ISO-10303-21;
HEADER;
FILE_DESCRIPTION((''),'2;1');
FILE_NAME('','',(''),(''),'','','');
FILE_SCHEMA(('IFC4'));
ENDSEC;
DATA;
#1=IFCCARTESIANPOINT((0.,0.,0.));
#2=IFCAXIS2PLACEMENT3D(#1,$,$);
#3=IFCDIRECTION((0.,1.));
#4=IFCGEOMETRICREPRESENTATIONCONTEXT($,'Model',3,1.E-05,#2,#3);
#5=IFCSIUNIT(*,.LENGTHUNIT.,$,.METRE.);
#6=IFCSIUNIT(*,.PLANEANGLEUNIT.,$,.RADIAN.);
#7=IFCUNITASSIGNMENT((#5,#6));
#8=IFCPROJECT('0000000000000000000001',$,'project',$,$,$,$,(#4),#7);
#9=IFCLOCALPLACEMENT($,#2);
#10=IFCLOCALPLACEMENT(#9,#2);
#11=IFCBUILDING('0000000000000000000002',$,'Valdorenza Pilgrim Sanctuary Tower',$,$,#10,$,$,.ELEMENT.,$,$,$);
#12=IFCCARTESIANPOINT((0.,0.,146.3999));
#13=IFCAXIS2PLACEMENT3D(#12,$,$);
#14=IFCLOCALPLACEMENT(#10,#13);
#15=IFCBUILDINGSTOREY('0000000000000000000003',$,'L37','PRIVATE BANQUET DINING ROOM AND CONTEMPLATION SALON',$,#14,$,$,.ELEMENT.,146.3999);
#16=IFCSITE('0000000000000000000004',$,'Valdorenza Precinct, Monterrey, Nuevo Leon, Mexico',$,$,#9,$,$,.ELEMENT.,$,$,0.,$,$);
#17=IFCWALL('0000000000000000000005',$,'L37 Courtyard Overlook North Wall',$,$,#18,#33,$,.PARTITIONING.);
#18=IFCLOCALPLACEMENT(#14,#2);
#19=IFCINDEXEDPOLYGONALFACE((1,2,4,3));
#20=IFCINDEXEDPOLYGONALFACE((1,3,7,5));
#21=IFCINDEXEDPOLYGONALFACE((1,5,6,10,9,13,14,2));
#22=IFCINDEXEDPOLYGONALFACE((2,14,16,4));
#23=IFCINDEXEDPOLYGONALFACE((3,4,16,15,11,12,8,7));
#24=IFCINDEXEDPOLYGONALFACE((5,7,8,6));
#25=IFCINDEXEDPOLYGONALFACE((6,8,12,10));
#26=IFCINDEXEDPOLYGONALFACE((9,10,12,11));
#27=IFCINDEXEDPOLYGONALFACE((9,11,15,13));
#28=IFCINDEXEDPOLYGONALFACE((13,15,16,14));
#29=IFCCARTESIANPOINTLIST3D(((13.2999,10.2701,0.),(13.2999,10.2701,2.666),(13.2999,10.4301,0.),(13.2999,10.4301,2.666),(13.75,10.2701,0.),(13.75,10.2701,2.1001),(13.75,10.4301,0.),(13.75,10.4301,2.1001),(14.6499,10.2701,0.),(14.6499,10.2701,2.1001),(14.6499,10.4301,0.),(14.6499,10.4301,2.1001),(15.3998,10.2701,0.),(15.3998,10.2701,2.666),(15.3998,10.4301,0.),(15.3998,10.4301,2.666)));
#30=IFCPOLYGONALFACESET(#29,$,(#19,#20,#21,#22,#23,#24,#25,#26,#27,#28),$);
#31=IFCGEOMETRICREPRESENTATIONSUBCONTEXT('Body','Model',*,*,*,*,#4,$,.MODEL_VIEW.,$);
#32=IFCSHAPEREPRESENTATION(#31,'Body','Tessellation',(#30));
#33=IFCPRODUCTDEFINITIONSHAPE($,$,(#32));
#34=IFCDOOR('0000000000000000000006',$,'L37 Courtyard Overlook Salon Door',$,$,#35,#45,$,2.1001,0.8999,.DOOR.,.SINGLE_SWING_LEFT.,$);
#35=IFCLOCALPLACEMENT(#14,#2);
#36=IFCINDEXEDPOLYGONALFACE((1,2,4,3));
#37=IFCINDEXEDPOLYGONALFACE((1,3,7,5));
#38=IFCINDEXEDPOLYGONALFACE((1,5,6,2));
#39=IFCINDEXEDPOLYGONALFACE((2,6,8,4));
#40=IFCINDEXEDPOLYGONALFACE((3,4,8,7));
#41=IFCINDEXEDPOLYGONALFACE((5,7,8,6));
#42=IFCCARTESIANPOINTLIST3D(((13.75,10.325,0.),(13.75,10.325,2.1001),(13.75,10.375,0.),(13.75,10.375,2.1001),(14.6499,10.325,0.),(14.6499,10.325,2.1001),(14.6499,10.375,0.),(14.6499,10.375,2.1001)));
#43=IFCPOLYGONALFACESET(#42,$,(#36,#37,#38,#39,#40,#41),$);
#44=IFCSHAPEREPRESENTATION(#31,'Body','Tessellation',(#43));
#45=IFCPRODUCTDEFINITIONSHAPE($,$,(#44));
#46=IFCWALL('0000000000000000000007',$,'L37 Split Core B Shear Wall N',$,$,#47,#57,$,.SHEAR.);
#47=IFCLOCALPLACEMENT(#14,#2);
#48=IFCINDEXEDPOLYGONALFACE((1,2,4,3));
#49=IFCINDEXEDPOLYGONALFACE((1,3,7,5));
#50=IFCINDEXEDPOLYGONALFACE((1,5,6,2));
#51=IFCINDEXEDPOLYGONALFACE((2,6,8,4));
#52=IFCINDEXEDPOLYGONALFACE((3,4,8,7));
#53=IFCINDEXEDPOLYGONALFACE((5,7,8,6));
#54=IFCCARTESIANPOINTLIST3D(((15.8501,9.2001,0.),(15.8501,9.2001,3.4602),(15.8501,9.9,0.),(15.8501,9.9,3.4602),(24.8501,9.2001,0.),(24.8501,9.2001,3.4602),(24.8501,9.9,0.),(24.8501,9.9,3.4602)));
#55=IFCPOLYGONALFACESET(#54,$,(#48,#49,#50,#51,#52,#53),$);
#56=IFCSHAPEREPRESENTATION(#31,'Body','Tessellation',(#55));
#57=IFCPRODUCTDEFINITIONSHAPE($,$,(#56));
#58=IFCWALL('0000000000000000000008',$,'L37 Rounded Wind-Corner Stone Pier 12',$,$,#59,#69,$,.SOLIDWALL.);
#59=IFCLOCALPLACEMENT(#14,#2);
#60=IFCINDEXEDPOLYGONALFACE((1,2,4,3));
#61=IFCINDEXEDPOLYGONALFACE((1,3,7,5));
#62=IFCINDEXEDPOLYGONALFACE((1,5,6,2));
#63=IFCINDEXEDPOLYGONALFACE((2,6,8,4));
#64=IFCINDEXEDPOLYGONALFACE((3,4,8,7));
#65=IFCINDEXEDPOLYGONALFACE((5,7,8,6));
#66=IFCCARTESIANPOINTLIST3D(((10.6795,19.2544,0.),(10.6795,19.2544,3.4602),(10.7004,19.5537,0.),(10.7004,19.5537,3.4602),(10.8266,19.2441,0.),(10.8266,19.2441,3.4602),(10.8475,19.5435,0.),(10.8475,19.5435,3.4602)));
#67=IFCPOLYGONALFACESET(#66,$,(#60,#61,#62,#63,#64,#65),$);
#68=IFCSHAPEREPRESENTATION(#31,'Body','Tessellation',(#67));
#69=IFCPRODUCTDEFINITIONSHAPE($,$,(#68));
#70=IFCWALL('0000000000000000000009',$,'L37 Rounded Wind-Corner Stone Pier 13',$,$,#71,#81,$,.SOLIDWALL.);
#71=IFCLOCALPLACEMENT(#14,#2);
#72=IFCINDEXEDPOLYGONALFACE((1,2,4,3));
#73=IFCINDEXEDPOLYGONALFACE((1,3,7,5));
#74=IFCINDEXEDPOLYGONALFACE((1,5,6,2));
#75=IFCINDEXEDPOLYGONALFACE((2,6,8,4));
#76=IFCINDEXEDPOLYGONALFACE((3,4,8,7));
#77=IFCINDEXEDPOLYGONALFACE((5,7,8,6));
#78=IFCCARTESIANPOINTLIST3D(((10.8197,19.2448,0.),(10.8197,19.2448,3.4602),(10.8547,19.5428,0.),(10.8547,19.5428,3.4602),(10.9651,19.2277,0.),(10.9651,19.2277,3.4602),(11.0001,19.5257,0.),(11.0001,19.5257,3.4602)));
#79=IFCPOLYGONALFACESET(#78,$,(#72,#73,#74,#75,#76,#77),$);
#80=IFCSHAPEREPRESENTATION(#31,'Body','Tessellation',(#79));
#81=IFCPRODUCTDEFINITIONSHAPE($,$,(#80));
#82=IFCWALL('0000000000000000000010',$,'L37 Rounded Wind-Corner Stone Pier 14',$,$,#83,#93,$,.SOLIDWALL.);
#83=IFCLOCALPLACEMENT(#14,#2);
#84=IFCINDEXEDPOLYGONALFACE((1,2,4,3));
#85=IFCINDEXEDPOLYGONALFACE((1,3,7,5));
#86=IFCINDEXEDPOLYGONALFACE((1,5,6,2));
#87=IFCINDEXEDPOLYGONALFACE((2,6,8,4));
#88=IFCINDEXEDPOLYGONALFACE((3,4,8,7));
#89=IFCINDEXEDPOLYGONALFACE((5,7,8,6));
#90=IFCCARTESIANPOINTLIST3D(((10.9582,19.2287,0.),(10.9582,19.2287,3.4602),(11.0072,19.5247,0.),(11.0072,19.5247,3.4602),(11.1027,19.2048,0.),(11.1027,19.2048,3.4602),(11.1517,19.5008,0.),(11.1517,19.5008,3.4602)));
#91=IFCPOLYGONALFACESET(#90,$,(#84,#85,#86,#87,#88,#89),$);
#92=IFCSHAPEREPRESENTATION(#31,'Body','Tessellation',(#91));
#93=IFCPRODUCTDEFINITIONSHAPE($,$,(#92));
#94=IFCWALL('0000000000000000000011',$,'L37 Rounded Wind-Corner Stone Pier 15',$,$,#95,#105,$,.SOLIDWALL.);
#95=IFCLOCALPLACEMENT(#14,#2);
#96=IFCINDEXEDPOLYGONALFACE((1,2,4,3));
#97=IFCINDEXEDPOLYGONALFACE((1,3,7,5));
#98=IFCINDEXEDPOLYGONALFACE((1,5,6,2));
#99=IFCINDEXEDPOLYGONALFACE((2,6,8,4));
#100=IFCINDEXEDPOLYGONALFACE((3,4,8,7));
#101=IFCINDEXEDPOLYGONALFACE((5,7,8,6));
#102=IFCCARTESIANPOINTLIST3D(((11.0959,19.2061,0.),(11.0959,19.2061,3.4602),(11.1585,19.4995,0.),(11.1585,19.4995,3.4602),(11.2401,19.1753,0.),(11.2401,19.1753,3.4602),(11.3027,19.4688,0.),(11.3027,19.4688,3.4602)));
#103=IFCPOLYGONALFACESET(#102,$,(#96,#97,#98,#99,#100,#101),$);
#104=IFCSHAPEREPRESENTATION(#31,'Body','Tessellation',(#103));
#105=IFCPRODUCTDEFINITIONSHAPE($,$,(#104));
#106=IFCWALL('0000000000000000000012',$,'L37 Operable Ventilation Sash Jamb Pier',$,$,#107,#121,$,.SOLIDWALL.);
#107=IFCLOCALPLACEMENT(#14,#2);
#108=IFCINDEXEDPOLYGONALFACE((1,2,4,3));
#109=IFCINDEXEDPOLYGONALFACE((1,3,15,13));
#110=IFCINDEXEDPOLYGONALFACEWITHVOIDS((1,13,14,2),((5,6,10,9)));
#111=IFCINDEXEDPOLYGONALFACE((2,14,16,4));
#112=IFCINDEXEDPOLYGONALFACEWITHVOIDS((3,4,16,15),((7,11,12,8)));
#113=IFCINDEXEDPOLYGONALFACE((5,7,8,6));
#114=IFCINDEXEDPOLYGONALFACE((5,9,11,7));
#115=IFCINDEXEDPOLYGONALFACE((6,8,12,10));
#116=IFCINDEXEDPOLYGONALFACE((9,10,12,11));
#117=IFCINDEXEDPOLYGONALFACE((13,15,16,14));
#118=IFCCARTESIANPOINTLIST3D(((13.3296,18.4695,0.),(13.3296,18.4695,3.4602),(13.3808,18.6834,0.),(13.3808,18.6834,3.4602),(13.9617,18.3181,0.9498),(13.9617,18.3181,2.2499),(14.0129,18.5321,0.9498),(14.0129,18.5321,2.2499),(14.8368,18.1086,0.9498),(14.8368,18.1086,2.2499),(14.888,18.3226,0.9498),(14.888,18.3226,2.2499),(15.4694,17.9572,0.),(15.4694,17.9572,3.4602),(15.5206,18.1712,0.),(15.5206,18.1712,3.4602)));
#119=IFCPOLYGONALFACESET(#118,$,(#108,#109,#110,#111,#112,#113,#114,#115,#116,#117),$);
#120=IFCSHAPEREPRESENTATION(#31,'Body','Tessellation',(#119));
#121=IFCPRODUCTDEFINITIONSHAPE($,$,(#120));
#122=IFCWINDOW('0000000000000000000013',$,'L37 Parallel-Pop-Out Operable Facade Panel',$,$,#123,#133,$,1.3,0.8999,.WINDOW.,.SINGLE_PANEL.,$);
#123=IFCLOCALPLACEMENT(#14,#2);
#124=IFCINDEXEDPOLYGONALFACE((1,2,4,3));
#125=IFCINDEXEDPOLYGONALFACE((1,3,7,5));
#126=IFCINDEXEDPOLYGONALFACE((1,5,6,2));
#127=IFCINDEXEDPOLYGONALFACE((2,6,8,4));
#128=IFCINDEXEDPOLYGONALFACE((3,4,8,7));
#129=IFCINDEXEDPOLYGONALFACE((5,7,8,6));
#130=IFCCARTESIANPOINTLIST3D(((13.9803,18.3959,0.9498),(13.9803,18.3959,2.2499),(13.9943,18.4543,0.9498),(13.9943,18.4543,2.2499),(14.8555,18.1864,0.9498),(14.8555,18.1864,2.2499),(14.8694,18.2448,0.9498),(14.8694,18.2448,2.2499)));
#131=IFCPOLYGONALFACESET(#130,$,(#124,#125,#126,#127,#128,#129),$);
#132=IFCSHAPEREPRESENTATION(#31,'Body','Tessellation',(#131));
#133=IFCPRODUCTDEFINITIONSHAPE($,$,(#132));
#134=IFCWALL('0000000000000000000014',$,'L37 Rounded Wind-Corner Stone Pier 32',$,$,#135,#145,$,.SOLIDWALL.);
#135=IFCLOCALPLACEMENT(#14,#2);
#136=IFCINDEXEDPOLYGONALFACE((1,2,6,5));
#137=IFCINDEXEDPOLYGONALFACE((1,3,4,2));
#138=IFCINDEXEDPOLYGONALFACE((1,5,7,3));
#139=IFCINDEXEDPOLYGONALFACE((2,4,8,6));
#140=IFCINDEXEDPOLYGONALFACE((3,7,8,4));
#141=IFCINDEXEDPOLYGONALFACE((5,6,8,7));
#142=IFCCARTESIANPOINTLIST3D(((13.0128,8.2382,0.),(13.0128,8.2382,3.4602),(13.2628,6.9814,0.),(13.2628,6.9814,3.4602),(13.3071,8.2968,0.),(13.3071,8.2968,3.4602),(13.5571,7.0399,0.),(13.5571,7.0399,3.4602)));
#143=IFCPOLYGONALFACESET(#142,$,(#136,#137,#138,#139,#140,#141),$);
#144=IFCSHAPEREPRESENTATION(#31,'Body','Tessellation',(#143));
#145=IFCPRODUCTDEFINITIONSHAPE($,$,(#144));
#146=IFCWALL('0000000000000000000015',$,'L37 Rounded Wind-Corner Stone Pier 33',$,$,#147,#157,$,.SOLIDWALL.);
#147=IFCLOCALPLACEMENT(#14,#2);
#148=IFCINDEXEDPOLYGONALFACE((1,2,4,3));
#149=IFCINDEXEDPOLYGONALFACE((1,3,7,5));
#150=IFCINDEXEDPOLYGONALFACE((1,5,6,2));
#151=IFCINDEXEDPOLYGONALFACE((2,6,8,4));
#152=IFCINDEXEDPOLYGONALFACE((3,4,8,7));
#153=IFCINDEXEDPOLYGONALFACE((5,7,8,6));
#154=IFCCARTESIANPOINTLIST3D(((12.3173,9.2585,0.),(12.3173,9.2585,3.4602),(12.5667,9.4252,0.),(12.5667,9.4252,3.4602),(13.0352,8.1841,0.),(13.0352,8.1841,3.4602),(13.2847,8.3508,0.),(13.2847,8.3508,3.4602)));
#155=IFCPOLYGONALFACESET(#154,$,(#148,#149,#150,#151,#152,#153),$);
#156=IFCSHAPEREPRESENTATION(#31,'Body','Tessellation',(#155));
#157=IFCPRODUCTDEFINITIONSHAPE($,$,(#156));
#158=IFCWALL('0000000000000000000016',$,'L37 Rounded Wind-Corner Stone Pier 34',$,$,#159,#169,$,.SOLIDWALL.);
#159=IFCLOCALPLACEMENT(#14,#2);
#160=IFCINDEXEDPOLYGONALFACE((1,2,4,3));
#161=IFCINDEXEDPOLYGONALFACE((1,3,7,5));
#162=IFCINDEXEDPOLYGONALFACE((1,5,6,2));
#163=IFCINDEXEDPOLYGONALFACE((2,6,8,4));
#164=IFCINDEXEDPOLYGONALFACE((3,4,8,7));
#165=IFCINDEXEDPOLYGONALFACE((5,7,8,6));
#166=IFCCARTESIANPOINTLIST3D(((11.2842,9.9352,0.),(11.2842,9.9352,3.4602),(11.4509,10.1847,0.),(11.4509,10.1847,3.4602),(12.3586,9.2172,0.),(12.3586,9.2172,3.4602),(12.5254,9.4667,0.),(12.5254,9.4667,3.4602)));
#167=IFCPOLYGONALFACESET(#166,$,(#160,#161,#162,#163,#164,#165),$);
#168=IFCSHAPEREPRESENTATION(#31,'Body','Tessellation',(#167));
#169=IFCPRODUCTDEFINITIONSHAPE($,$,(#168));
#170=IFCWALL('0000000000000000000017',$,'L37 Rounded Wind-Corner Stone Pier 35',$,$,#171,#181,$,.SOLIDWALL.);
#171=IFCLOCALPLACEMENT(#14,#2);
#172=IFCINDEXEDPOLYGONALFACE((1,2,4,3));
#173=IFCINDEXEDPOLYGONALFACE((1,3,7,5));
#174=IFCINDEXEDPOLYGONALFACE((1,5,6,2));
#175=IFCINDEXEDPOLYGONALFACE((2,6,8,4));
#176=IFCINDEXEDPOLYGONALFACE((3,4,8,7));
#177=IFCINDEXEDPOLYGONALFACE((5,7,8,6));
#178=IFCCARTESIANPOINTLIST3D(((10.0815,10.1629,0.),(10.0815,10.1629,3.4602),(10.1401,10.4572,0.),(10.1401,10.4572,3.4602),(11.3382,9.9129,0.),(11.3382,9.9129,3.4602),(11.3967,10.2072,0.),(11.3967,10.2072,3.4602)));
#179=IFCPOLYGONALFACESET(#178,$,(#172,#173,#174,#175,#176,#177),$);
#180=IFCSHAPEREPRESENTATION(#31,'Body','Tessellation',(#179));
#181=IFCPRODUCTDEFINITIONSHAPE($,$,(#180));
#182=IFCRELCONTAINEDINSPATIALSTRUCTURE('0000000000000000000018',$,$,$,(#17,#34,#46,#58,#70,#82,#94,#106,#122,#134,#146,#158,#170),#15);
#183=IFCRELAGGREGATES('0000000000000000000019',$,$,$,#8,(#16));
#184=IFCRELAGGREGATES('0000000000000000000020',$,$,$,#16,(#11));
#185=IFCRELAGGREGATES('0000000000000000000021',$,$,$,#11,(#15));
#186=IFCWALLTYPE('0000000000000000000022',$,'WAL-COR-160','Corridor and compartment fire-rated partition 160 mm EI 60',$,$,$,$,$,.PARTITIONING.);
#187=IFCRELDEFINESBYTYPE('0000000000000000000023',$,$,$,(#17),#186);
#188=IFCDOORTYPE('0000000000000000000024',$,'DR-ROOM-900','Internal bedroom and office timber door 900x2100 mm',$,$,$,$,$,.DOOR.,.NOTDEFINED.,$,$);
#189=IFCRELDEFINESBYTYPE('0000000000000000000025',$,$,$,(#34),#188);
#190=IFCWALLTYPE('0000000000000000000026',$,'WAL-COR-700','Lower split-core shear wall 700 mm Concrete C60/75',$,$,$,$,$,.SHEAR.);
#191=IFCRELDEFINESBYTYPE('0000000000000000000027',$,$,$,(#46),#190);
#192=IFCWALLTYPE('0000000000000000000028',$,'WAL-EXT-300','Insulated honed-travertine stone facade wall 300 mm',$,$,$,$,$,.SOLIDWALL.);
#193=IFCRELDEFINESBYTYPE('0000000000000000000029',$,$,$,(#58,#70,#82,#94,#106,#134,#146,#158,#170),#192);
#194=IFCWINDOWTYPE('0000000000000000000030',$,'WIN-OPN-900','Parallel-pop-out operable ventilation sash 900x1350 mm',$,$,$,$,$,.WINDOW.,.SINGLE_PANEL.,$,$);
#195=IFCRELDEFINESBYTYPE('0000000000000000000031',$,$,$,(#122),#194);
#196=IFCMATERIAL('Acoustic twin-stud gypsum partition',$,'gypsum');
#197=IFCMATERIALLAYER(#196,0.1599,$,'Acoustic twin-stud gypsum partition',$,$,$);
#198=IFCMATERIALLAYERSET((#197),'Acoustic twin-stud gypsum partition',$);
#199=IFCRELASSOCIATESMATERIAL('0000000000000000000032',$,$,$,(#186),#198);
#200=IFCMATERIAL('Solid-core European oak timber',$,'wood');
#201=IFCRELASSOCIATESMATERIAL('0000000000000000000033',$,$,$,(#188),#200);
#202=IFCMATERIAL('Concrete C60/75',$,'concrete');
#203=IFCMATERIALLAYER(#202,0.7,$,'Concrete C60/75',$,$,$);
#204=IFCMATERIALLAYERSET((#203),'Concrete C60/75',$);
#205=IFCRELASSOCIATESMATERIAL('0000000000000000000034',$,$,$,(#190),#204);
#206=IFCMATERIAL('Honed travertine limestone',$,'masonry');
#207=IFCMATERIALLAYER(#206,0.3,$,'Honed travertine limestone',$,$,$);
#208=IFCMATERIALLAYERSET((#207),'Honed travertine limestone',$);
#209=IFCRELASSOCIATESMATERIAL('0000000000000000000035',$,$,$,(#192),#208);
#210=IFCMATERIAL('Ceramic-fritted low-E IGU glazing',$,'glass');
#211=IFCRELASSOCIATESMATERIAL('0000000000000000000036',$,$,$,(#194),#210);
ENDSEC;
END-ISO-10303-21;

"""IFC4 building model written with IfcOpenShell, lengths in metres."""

from ifc_helpers import new_model, si_unit, direction, frame, frame_2d, origin, place, context, subcontext, project, spatial, rectangle, extrude, material, layer, layer_set, type_object, element, fill, save


model = new_model("IFC4")

# Units and contexts
model_context = context("Model", 3, precision=1e-05, world=origin(), true_north=direction((0.0, 1.0)))
body_context = subcontext(model_context, "Body", "Model", "MODEL_VIEW")
ifc_project = project(units=[si_unit("LENGTHUNIT", "METRE"), si_unit("PLANEANGLEUNIT", "RADIAN")], contexts=[model_context])

# Site, building, storey
site_placement = place(None, origin())
site = spatial("IfcSite", under=ifc_project, at=site_placement, Name="Valdorenza Precinct, Monterrey, Nuevo Leon, Mexico", CompositionType="ELEMENT", RefElevation=0.0)
building_placement = place(site_placement, origin())
building = spatial("IfcBuilding", under=site, at=building_placement, Name="Valdorenza Pilgrim Sanctuary Tower", CompositionType="ELEMENT")
storey_placement = place(building_placement, frame((0.0, 0.0, 146.3999)))
storey = spatial("IfcBuildingStorey", under=building, at=storey_placement, Name="L37", Description="PRIVATE BANQUET DINING ROOM AND CONTEMPLATION SALON", CompositionType="ELEMENT", Elevation=146.3999)

# Shared definitions
ifc_material_1 = material(Name="Concrete C60/75", Category="concrete")

# Shared definitions
ifc_material_2 = material(Name="Honed travertine limestone", Category="masonry")
ifc_material_3 = material(Name="Ceramic-fritted low-E IGU glazing", Category="glass")

# Shared definitions
ifc_material_4 = material(Name="Acoustic twin-stud gypsum partition", Category="gypsum")
ifc_layer_1 = layer(ifc_material_4, 0.1599, Name="Acoustic twin-stud gypsum partition")
ifc_layer_set_1 = layer_set([ifc_layer_1], Name="Acoustic twin-stud gypsum partition")
wall_type_1 = type_object("IfcWallType", Name="WAL-COR-160", Description="Corridor and compartment fire-rated partition 160 mm EI 60", PredefinedType="PARTITIONING", material=ifc_layer_set_1)

# Shared definitions
ifc_material_5 = material(Name="Solid-core European oak timber", Category="wood")
door_type = type_object("IfcDoorType", Name="DR-ROOM-900", Description="Internal bedroom and office timber door 900x2100 mm", OperationType="NOTDEFINED", PredefinedType="DOOR", material=ifc_material_5)

# Wall, opening, door
wall_1_placement = place(storey_placement, frame((13.3, 10.3501, 0.0), z_axis=(0.0, 0.0, 1.0), x_axis=(1.0, 0.0, 0.0)))
wall_1 = element("IfcWall", 1, at=wall_1_placement, inside=storey, type_object=wall_type_1, Name="L37 Courtyard Overlook North Wall", PredefinedType="PARTITIONING", context=body_context, shape_type="SweptSolid", body=[
    extrude(rectangle(XDim=2.0999, YDim=0.1599, at=frame_2d((1.0498, 0.0))), origin(), (0.0, 0.0, 1.0), 2.666),
])
opening_1_placement = place(wall_1_placement, frame((0.45, 0.0, 0.0)))
opening_1 = element("IfcOpeningElement", 2, at=opening_1_placement, cuts=wall_1, PredefinedType="OPENING", context=body_context, shape_type="SweptSolid", body=[
    extrude(rectangle(XDim=0.8999, YDim=2.1001, at=frame_2d((0.45, 1.05))), frame((0.0, 0.0947, 0.0), z_axis=(0.0, -1.0, 0.0), x_axis=(1.0, 0.0, 0.0)), (0.0, 0.0, 1.0), 0.1897),
])
door_1_placement = place(opening_1_placement, origin())
door_1 = element("IfcDoor", 3, at=door_1_placement, inside=storey, type_object=door_type, Name="L37 Courtyard Overlook Salon Door", OperationType="SINGLE_SWING_LEFT", OverallHeight=2.1001, OverallWidth=0.8999, PredefinedType="DOOR", context=body_context, shape_type="SweptSolid", body=[
    extrude(rectangle(XDim=0.8999, YDim=2.1001, at=frame_2d((0.45, 1.05))), frame((0.0, 0.0249, 0.0), z_axis=(0.0, -1.0, 0.0), x_axis=(1.0, 0.0, 0.0)), (0.0, 0.0, 1.0), 0.05),
])
fill(opening_1, door_1)

# Walls
ifc_layer_2 = layer(ifc_material_1, 0.7, Name="Concrete C60/75")
ifc_layer_set_2 = layer_set([ifc_layer_2], Name="Concrete C60/75")
wall_type_2 = type_object("IfcWallType", Name="WAL-COR-700", Description="Lower split-core shear wall 700 mm Concrete C60/75", PredefinedType="SHEAR", material=ifc_layer_set_2)
wall_2_placement = place(storey_placement, frame((15.8501, 9.55, 0.0), z_axis=(0.0, 0.0, 1.0), x_axis=(1.0, 0.0, 0.0)))
element("IfcWall", 4, at=wall_2_placement, inside=storey, type_object=wall_type_2, Name="L37 Split Core B Shear Wall N", PredefinedType="SHEAR", context=body_context, shape_type="SweptSolid", body=[
    extrude(rectangle(XDim=9.0, YDim=0.7, at=frame_2d((4.5, 0.0))), origin(), (0.0, 0.0, 1.0), 3.4602),
])
ifc_layer_3 = layer(ifc_material_2, 0.3, Name="Honed travertine limestone")
ifc_layer_set_3 = layer_set([ifc_layer_3], Name="Honed travertine limestone")
wall_type_3 = type_object("IfcWallType", Name="WAL-EXT-300", Description="Insulated honed-travertine stone facade wall 300 mm", PredefinedType="SOLIDWALL", material=ifc_layer_set_3)
wall_3_placement = place(storey_placement, frame((10.6899, 19.4041, 0.0), z_axis=(0.0, 0.0, 1.0), x_axis=(0.997583, -0.069483, 0.0)))
element("IfcWall", 5, at=wall_3_placement, inside=storey, type_object=wall_type_3, Name="L37 Rounded Wind-Corner Stone Pier 12", PredefinedType="SOLIDWALL", context=body_context, shape_type="SweptSolid", body=[
    extrude(rectangle(XDim=0.1475, YDim=0.3, at=frame_2d((0.0737, 0.0))), origin(), (0.0, 0.0, 1.0), 3.4602),
])
for number, where, z_axis, x_axis, name in (
    (6, (10.8372, 19.3938, 0.0), (0.0, 0.0, 1.0), (0.993173, -0.116648, 0.0), "L37 Rounded Wind-Corner Stone Pier 13"),
    (7, (10.9827, 19.3767, 0.0), (0.0, 0.0, 1.0), (0.986573, -0.163318, 0.0), "L37 Rounded Wind-Corner Stone Pier 14"),
):
    element("IfcWall", number, at=place(storey_placement, frame(where, z_axis=z_axis, x_axis=x_axis)), inside=storey, type_object=wall_type_3, Name=name, PredefinedType="SOLIDWALL", context=body_context, shape_type="SweptSolid", body=[
        extrude(rectangle(XDim=0.1465, YDim=0.3, at=frame_2d((0.0732, 0.0))), origin(), (0.0, 0.0, 1.0), 3.4602),
    ])
wall_4_placement = place(storey_placement, frame((11.1272, 19.3528, 0.0), z_axis=(0.0, 0.0, 1.0), x_axis=(0.97802, -0.208512, 0.0)))
element("IfcWall", 8, at=wall_4_placement, inside=storey, type_object=wall_type_3, Name="L37 Rounded Wind-Corner Stone Pier 15", PredefinedType="SOLIDWALL", context=body_context, shape_type="SweptSolid", body=[
    extrude(rectangle(XDim=0.1475, YDim=0.3, at=frame_2d((0.0737, 0.0))), origin(), (0.0, 0.0, 1.0), 3.4602),
])

# Wall, opening, window
wall_5_placement = place(storey_placement, frame((13.3552, 18.5764, 0.0), z_axis=(0.0, 0.0, 1.0), x_axis=(0.972522, -0.232811, 0.0)))
wall_5 = element("IfcWall", 9, at=wall_5_placement, inside=storey, type_object=wall_type_3, Name="L37 Operable Ventilation Sash Jamb Pier", PredefinedType="SOLIDWALL", context=body_context, shape_type="SweptSolid", body=[
    extrude(rectangle(XDim=2.2002, YDim=0.22, at=frame_2d((1.1001, 0.0))), origin(), (0.0, 0.0, 1.0), 3.4602),
])
opening_2_placement = place(wall_5_placement, frame((0.6499, 0.0, 0.95)))
opening_2 = element("IfcOpeningElement", 10, at=opening_2_placement, cuts=wall_5, PredefinedType="OPENING", context=body_context, shape_type="SweptSolid", body=[
    extrude(rectangle(XDim=0.8999, YDim=1.3, at=frame_2d((0.45, 0.6499))), frame((0.0, 0.125, 0.0), z_axis=(0.0, -1.0, 0.0), x_axis=(1.0, 0.0, 0.0)), (0.0, 0.0, 1.0), 0.2498),
])
window_type = type_object("IfcWindowType", Name="WIN-OPN-900", Description="Parallel-pop-out operable ventilation sash 900x1350 mm", PartitioningType="SINGLE_PANEL", PredefinedType="WINDOW", material=ifc_material_3)
window_placement = place(opening_2_placement, origin())
window = element("IfcWindow", 11, at=window_placement, inside=storey, type_object=window_type, Name="L37 Parallel-Pop-Out Operable Facade Panel", OverallHeight=1.3, OverallWidth=0.8999, PartitioningType="SINGLE_PANEL", PredefinedType="WINDOW", context=body_context, shape_type="SweptSolid", body=[
    extrude(rectangle(XDim=0.8999, YDim=1.3, at=frame_2d((0.45, 0.6499))), frame((0.0, 0.03, 0.0), z_axis=(0.0, -1.0, 0.0), x_axis=(1.0, 0.0, 0.0)), (0.0, 0.0, 1.0), 0.0601),
])
fill(opening_2, window)

# Walls
wall_6_placement = place(storey_placement, frame((13.4099, 7.0107, 0.0), z_axis=(0.0, 0.0, 1.0), x_axis=(-0.19509, 0.980785, 0.0)))
element("IfcWall", 12, at=wall_6_placement, inside=storey, type_object=wall_type_3, Name="L37 Rounded Wind-Corner Stone Pier 32", PredefinedType="SOLIDWALL", context=body_context, shape_type="SweptSolid", body=[
    extrude(rectangle(XDim=1.2815, YDim=0.3, at=frame_2d((0.6406, 0.0))), origin(), (0.0, 0.0, 1.0), 3.4602),
])
for number, where, z_axis, x_axis, name in (
    (13, (13.1599, 8.2676, 0.0), (0.0, 0.0, 1.0), (-0.555615, 0.831439, 0.0), "L37 Rounded Wind-Corner Stone Pier 33"),
    (14, (12.4419, 9.342, 0.0), (0.0, 0.0, 1.0), (-0.831439, 0.555615, 0.0), "L37 Rounded Wind-Corner Stone Pier 34"),
):
    element("IfcWall", number, at=place(storey_placement, frame(where, z_axis=z_axis, x_axis=x_axis)), inside=storey, type_object=wall_type_3, Name=name, PredefinedType="SOLIDWALL", context=body_context, shape_type="SweptSolid", body=[
        extrude(rectangle(XDim=1.2922, YDim=0.3, at=frame_2d((0.646, 0.0))), origin(), (0.0, 0.0, 1.0), 3.4602),
    ])
wall_7_placement = place(storey_placement, frame((11.3674, 10.0601, 0.0), z_axis=(0.0, 0.0, 1.0), x_axis=(-0.980778, 0.195127, 0.0)))
element("IfcWall", 15, at=wall_7_placement, inside=storey, type_object=wall_type_3, Name="L37 Rounded Wind-Corner Stone Pier 35", PredefinedType="SOLIDWALL", context=body_context, shape_type="SweptSolid", body=[
    extrude(rectangle(XDim=1.2812, YDim=0.3, at=frame_2d((0.6406, 0.0))), origin(), (0.0, 0.0, 1.0), 3.4602),
])

save(model, "model.ifc")
